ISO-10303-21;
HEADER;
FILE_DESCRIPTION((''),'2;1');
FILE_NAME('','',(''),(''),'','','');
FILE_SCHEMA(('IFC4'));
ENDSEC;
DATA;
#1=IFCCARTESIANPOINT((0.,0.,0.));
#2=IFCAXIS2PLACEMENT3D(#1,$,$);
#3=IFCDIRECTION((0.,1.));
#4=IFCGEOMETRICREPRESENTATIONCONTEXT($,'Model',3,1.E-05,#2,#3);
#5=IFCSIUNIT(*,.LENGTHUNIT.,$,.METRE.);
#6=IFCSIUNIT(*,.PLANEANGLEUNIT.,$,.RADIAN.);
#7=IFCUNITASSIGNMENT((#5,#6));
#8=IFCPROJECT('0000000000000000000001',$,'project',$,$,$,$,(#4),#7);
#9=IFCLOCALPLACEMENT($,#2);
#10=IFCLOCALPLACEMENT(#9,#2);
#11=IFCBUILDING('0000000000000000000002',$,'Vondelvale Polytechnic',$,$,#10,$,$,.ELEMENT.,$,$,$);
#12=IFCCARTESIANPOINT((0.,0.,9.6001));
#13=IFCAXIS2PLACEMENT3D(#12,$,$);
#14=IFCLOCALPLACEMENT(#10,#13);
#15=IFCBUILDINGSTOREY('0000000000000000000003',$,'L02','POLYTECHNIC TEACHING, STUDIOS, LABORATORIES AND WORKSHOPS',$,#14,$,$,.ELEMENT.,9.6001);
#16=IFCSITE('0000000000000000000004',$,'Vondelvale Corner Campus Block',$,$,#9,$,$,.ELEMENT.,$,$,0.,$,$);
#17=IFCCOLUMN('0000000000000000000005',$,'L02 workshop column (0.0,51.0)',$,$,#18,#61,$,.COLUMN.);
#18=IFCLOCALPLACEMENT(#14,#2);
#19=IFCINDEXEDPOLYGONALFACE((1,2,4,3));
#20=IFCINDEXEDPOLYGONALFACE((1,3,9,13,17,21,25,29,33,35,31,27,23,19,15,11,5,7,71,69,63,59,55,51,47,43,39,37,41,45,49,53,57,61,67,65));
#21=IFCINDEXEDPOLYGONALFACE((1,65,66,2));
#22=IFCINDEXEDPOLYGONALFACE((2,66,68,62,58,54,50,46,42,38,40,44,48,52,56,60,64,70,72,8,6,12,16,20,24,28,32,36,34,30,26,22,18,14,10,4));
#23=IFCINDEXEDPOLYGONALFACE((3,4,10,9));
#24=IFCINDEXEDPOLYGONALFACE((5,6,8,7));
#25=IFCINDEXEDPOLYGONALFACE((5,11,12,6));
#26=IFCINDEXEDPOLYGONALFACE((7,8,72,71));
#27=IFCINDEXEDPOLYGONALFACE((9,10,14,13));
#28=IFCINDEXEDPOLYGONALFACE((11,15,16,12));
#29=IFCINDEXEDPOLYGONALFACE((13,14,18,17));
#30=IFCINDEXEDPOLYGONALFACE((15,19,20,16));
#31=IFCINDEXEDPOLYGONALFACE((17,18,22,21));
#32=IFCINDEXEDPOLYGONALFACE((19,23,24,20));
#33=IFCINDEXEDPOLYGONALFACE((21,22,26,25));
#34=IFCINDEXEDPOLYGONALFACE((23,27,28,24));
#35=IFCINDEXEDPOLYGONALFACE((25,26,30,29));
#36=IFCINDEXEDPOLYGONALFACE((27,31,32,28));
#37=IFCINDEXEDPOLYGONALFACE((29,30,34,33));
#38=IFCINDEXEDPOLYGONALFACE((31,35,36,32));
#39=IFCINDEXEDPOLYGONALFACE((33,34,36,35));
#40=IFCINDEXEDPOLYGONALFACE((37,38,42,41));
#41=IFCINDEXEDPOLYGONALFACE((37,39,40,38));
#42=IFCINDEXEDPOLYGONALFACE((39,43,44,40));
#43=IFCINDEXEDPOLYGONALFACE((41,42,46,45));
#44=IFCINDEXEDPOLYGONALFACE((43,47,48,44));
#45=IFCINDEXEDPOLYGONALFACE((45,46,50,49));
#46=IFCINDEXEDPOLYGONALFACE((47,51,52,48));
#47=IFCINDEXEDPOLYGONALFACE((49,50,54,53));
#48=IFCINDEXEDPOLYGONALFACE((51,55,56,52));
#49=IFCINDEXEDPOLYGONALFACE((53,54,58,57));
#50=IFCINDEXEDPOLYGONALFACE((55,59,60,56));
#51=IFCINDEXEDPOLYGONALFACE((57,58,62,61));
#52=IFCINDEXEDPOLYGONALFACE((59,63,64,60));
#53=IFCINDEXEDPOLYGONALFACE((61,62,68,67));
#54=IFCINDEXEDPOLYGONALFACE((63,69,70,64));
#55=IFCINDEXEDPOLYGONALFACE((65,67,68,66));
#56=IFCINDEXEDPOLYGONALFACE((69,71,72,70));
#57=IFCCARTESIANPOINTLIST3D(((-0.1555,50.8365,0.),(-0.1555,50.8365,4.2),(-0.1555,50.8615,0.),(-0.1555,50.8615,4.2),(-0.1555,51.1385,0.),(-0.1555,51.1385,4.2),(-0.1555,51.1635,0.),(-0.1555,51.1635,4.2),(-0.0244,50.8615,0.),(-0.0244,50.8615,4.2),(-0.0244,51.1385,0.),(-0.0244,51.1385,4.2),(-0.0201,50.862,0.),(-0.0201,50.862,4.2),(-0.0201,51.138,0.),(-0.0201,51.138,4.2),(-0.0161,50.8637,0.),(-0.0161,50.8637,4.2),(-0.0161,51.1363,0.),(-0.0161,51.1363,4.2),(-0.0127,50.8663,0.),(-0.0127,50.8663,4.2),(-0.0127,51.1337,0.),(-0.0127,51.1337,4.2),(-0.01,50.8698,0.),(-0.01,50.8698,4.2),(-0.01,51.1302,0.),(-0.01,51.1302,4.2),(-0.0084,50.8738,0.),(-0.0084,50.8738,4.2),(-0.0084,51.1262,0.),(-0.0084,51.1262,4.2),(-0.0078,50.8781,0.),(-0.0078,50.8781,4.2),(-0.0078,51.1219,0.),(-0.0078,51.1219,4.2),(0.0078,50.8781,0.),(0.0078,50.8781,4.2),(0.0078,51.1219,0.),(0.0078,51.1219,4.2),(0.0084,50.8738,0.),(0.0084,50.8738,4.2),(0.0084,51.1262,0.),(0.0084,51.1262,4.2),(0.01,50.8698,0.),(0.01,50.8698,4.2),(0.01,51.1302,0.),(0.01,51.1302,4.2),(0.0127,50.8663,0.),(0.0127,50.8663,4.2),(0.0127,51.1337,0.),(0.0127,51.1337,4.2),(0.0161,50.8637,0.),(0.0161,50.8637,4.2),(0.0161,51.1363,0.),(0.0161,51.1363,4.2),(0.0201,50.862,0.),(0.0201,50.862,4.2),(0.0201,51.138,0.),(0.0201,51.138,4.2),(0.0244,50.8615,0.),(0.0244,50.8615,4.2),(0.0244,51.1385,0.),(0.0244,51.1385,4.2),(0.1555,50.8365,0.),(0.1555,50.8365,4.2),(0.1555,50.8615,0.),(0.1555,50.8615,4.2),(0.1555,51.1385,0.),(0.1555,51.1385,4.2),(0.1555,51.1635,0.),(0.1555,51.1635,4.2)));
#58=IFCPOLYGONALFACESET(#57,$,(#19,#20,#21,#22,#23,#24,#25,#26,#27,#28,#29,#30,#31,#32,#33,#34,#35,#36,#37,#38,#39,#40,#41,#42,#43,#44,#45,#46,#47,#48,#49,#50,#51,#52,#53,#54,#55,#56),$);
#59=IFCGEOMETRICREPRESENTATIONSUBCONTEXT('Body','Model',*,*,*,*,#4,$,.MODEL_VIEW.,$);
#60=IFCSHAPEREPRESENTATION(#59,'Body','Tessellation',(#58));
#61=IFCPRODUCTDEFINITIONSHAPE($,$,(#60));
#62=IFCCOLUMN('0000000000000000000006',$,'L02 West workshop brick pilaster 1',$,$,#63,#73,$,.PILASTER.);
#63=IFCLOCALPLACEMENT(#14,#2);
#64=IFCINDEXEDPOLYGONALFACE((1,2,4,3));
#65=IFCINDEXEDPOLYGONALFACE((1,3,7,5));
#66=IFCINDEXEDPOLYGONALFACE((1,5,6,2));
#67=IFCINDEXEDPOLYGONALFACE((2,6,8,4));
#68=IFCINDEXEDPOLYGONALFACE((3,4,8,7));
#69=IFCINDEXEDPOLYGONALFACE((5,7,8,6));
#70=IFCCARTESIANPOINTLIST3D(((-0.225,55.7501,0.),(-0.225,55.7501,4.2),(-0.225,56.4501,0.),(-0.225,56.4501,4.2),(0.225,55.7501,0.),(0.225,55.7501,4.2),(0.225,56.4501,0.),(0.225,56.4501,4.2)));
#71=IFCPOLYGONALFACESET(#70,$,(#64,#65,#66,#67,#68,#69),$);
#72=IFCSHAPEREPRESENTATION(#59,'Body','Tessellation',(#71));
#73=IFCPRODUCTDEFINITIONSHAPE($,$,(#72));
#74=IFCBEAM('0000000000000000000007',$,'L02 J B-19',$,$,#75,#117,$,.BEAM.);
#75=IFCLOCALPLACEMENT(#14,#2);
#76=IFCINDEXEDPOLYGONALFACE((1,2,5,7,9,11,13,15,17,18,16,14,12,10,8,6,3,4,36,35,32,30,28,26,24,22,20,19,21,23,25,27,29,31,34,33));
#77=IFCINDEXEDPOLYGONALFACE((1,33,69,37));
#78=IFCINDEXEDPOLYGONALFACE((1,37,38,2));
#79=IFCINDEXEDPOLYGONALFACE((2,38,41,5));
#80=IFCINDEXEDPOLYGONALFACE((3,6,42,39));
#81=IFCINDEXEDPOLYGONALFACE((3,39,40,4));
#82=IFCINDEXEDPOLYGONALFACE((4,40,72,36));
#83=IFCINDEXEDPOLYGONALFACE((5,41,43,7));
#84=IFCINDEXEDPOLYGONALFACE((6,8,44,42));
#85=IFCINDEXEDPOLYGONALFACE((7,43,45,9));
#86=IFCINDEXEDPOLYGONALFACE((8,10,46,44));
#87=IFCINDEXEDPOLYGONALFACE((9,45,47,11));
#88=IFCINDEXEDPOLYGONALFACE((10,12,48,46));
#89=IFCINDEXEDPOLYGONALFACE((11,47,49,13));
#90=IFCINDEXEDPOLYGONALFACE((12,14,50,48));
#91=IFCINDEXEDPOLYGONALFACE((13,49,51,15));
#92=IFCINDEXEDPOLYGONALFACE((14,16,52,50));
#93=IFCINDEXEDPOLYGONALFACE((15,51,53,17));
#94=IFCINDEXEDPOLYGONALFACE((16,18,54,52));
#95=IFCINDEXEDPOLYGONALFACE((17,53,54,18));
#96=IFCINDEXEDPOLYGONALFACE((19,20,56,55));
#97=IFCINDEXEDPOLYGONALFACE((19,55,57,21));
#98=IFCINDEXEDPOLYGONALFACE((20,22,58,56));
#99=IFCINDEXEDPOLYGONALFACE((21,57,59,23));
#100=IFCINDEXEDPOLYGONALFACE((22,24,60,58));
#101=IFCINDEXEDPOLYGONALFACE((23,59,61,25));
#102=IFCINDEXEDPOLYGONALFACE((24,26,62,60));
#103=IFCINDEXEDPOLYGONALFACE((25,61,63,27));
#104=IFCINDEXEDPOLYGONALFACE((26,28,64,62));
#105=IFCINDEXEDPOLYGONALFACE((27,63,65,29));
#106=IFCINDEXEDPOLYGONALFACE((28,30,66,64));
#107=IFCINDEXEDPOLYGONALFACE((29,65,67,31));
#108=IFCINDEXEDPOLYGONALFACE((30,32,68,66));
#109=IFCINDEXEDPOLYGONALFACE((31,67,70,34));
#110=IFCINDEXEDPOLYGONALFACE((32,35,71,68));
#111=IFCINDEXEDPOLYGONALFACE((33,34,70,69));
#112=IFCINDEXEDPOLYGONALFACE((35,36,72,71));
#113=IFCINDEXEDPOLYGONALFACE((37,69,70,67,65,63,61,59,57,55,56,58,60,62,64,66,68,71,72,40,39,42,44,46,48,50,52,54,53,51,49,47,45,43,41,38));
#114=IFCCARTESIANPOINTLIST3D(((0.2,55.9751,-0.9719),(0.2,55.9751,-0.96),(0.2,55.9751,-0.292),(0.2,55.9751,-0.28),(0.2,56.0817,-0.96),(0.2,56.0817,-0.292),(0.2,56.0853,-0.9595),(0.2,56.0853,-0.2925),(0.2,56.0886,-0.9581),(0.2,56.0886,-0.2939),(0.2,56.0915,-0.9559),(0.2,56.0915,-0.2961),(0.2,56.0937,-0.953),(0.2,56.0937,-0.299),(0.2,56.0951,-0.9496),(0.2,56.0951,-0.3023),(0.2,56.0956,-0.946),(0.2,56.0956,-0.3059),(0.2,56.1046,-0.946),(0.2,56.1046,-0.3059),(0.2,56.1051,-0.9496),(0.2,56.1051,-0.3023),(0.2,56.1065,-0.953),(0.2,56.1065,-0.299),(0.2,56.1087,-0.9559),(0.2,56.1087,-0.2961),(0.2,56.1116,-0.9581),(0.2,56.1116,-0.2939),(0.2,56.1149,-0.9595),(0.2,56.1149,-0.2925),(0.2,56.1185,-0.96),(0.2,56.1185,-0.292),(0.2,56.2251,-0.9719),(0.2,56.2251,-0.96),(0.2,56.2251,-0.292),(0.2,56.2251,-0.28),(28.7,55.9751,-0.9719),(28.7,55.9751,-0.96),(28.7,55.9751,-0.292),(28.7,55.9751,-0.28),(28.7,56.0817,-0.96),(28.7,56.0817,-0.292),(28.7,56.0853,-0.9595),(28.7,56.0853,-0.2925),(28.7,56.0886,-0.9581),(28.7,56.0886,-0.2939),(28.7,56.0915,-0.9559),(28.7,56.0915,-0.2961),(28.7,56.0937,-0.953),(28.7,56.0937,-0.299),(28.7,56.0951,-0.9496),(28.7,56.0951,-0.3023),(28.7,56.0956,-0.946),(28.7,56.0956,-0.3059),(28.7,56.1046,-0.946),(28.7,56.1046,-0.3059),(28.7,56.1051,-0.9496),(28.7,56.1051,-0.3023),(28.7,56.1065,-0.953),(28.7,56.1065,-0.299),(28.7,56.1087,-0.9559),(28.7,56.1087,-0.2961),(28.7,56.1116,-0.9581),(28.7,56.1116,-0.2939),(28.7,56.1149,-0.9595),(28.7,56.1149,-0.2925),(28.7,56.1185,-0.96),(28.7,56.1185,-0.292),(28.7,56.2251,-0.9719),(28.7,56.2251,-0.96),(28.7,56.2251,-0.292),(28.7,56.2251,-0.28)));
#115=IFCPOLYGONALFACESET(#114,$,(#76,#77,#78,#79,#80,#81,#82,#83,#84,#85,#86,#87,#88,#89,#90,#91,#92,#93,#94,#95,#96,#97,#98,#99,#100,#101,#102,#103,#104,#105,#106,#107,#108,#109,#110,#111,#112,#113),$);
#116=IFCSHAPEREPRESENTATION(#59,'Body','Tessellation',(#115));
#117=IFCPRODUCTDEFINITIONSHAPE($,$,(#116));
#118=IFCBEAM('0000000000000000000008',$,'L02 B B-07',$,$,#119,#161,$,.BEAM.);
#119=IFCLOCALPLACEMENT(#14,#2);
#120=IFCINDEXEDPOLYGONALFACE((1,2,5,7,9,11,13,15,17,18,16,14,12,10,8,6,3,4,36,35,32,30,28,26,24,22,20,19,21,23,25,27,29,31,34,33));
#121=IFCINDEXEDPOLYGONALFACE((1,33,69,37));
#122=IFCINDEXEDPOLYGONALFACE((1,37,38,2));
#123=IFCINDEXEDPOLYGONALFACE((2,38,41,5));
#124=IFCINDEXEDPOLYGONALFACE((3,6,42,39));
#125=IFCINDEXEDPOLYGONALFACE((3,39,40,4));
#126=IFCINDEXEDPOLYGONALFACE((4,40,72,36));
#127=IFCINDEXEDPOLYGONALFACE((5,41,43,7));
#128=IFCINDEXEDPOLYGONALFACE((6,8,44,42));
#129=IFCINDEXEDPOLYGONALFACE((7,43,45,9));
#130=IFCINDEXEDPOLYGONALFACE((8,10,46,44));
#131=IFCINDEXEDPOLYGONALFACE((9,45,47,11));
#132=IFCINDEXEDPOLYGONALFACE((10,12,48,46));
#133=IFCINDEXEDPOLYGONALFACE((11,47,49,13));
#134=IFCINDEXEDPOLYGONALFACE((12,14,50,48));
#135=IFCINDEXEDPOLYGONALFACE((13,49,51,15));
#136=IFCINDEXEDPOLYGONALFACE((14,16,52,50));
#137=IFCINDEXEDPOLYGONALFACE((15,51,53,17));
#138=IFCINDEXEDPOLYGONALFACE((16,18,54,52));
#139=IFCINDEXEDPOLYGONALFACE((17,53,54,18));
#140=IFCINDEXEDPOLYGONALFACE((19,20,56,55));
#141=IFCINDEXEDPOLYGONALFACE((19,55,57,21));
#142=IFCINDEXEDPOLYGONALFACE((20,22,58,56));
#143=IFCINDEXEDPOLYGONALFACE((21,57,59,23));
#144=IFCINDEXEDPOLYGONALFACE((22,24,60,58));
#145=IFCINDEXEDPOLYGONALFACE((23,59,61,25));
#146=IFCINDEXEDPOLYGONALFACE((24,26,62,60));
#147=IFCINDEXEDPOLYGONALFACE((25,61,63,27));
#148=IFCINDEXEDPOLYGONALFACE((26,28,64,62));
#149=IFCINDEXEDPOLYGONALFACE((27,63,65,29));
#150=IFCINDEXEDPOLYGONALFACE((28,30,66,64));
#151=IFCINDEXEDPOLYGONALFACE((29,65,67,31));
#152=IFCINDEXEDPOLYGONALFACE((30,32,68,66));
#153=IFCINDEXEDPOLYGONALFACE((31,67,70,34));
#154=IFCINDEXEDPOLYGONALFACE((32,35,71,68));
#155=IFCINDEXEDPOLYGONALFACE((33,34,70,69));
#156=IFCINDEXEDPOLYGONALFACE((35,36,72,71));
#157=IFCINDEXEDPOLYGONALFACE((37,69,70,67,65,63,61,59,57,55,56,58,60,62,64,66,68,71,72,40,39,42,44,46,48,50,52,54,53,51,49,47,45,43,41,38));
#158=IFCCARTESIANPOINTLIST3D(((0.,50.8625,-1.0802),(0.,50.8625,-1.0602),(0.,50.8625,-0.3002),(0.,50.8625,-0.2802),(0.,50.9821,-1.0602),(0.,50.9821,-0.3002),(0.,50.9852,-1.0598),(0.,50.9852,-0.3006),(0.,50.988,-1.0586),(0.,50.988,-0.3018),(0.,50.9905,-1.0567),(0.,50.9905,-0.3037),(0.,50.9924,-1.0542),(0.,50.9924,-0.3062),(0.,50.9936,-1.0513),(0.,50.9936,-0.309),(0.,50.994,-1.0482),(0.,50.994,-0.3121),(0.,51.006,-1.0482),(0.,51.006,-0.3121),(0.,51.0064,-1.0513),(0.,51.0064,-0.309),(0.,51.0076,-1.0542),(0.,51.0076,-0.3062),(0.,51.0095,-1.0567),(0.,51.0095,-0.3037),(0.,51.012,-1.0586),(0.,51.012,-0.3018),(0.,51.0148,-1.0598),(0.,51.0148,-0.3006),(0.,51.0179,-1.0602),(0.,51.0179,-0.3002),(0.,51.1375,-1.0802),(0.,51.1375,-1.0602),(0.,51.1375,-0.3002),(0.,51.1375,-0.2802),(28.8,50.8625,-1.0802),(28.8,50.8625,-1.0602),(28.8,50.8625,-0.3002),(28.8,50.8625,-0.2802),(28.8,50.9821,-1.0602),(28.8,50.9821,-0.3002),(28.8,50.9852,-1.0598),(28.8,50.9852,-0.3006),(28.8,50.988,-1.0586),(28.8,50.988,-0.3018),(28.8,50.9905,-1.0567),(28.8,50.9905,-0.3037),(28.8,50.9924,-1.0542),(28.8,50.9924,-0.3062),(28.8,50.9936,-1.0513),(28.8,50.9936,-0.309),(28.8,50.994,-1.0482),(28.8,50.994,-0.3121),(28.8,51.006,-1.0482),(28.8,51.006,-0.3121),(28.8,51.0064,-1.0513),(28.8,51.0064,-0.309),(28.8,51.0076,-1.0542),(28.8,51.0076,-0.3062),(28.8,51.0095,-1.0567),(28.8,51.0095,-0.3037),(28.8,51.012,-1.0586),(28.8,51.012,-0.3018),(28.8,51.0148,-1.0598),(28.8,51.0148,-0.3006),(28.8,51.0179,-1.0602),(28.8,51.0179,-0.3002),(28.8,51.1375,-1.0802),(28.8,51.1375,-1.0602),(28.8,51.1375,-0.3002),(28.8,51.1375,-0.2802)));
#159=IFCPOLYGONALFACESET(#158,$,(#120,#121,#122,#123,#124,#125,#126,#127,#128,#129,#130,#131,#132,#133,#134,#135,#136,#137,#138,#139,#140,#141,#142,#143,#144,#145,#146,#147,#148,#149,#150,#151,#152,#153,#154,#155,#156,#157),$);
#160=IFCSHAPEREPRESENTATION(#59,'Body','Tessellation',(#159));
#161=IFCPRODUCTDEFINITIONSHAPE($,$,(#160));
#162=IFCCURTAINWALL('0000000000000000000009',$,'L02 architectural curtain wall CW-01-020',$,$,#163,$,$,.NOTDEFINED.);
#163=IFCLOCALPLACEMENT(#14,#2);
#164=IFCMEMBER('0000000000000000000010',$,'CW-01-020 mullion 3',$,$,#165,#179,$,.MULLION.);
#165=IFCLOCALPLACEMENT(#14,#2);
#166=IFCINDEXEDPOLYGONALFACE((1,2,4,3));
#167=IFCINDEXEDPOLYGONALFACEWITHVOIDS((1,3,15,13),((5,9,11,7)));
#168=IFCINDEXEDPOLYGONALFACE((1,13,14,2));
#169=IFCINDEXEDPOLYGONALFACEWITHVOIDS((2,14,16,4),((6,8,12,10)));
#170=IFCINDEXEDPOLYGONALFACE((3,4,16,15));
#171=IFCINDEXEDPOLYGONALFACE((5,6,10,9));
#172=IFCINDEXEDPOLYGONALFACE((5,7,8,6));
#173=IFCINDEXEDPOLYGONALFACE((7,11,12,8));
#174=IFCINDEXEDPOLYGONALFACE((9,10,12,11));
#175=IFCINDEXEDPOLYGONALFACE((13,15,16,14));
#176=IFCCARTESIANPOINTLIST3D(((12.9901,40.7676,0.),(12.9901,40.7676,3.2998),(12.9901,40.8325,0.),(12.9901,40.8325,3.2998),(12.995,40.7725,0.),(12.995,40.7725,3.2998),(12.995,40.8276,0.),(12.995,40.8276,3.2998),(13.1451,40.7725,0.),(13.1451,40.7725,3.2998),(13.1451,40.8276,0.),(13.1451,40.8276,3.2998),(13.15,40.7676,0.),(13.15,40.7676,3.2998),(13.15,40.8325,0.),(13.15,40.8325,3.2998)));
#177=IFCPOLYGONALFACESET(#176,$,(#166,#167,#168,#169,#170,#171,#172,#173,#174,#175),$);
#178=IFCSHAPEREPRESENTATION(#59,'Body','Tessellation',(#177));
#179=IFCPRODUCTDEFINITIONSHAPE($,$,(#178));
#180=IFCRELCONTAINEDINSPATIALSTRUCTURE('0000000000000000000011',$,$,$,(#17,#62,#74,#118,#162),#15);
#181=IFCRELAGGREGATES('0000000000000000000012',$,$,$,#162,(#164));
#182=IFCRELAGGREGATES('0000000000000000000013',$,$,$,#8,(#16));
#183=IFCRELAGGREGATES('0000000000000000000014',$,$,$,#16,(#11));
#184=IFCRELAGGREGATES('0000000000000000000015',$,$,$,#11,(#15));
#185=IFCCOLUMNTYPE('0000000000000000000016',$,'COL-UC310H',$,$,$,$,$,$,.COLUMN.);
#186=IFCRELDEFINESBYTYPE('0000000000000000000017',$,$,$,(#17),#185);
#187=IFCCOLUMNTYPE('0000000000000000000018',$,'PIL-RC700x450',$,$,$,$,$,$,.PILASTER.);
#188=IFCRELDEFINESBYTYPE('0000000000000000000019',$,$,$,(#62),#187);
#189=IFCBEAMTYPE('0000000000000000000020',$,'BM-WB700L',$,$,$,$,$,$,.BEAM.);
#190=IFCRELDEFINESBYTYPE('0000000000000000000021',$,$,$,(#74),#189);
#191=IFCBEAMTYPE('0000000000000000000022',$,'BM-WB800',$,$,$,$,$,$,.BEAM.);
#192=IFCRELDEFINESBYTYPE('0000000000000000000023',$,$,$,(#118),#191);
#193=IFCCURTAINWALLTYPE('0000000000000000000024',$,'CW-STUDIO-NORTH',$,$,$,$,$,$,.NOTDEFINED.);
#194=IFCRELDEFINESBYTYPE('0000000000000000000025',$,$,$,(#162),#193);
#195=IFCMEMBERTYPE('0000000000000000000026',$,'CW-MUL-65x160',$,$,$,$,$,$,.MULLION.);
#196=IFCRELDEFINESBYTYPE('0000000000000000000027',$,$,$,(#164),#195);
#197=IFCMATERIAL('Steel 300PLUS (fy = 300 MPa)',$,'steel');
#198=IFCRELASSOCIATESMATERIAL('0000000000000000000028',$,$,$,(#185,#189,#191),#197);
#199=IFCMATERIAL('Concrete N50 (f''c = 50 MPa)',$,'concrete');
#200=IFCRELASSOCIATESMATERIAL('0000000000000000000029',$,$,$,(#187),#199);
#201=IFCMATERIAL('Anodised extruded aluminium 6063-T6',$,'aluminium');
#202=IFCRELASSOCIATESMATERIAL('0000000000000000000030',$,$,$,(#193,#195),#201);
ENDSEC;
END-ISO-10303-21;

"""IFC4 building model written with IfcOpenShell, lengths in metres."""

from ifc_helpers import new_model, si_unit, direction, frame, origin, origin_2d, place, context, subcontext, project, spatial, rectangle, hollow_rectangle, i_section, extrude, material, material_profile, profile_set, type_object, element, aggregate, save


model = new_model("IFC4")

# Units and contexts
model_context = context("Model", 3, precision=1e-05, world=origin(), true_north=direction((0.0, 1.0)))
body_context = subcontext(model_context, "Body", "Model", "MODEL_VIEW")
ifc_project = project(units=[si_unit("LENGTHUNIT", "METRE"), si_unit("PLANEANGLEUNIT", "RADIAN")], contexts=[model_context])

# Site, building, storey
site_placement = place(None, origin())
site = spatial("IfcSite", under=ifc_project, at=site_placement, Name="Vondelvale Corner Campus Block", CompositionType="ELEMENT", RefElevation=0.0)
building_placement = place(site_placement, origin())
building = spatial("IfcBuilding", under=site, at=building_placement, Name="Vondelvale Polytechnic", CompositionType="ELEMENT")
storey_placement = place(building_placement, frame((0.0, 0.0, 9.6001)))
storey = spatial("IfcBuildingStorey", under=building, at=storey_placement, Name="L02", Description="POLYTECHNIC TEACHING, STUDIOS, LABORATORIES AND WORKSHOPS", CompositionType="ELEMENT", Elevation=9.6001)

# Columns
ifc_material_1 = material(Name="Steel 300PLUS (fy = 300 MPa)", Category="steel")
ifc_material_profile_1 = material_profile(ifc_material_1, i_section(OverallWidth=0.311, OverallDepth=0.3269, WebThickness=0.0156, FlangeThickness=0.0249, FilletRadius=0.0166, at=origin_2d()), Name="310UC158")
ifc_profile_set_1 = profile_set([ifc_material_profile_1], Name="Steel 300PLUS (fy = 300 MPa)")
column_type_1 = type_object("IfcColumnType", Name="COL-UC310H", PredefinedType="COLUMN", material=ifc_profile_set_1)
column_1_placement = place(storey_placement, frame((0.0, 51.0, 0.0), z_axis=(0.0, 0.0, 1.0), x_axis=(1.0, 0.0, 0.0)))
element("IfcColumn", 1, at=column_1_placement, inside=storey, type_object=column_type_1, Name="L02 workshop column (0.0,51.0)", PredefinedType="COLUMN", context=body_context, shape_type="SweptSolid", body=[
    extrude(i_section(OverallWidth=0.311, OverallDepth=0.3269, WebThickness=0.0156, FlangeThickness=0.0249, FilletRadius=0.0166, at=origin_2d()), origin(), (0.0, 0.0, 1.0), 4.2),
])
ifc_material_2 = material(Name="Concrete N50 (f'c = 50 MPa)", Category="concrete")
ifc_material_profile_2 = material_profile(ifc_material_2, rectangle(XDim=0.45, YDim=0.7, at=origin_2d()), Name="RC-PIL-700x450")
ifc_profile_set_2 = profile_set([ifc_material_profile_2], Name="Concrete N50 (f'c = 50 MPa)")
column_type_2 = type_object("IfcColumnType", Name="PIL-RC700x450", PredefinedType="PILASTER", material=ifc_profile_set_2)
column_2_placement = place(storey_placement, frame((0.0, 56.1001, 0.0), z_axis=(0.0, 0.0, 1.0), x_axis=(1.0, 0.0, 0.0)))
element("IfcColumn", 2, at=column_2_placement, inside=storey, type_object=column_type_2, Name="L02 West workshop brick pilaster 1", PredefinedType="PILASTER", context=body_context, shape_type="SweptSolid", body=[
    extrude(rectangle(XDim=0.45, YDim=0.7, at=origin_2d()), origin(), (0.0, 0.0, 1.0), 4.2),
])

# Beams
ifc_material_profile_3 = material_profile(ifc_material_1, i_section(OverallWidth=0.25, OverallDepth=0.6919, WebThickness=0.009, FlangeThickness=0.012, FilletRadius=0.0139, at=origin_2d()), Name="700WB115")
ifc_profile_set_3 = profile_set([ifc_material_profile_3], Name="Steel 300PLUS (fy = 300 MPa)")
beam_type_1 = type_object("IfcBeamType", Name="BM-WB700L", PredefinedType="BEAM", material=ifc_profile_set_3)
beam_1_placement = place(storey_placement, frame((0.2, 56.1001, -0.626), z_axis=(1.0, 0.0, 0.0), x_axis=(0.0, 1.0, 0.0)))
element("IfcBeam", 3, at=beam_1_placement, inside=storey, type_object=beam_type_1, Name="L02 J B-19", PredefinedType="BEAM", context=body_context, shape_type="SweptSolid", body=[
    extrude(i_section(OverallWidth=0.25, OverallDepth=0.6919, WebThickness=0.009, FlangeThickness=0.012, FilletRadius=0.0139, at=origin_2d()), origin(), (0.0, 0.0, 1.0), 28.5),
])
ifc_material_profile_4 = material_profile(ifc_material_1, i_section(OverallWidth=0.2749, OverallDepth=0.8, WebThickness=0.012, FlangeThickness=0.02, FilletRadius=0.012, at=origin_2d()), Name="800WB168")
ifc_profile_set_4 = profile_set([ifc_material_profile_4], Name="Steel 300PLUS (fy = 300 MPa)")
beam_type_2 = type_object("IfcBeamType", Name="BM-WB800", PredefinedType="BEAM", material=ifc_profile_set_4)
beam_2_placement = place(storey_placement, frame((0.0, 51.0, -0.6802), z_axis=(1.0, 0.0, 0.0), x_axis=(0.0, 1.0, 0.0)))
element("IfcBeam", 4, at=beam_2_placement, inside=storey, type_object=beam_type_2, Name="L02 B B-07", PredefinedType="BEAM", context=body_context, shape_type="SweptSolid", body=[
    extrude(i_section(OverallWidth=0.2749, OverallDepth=0.8, WebThickness=0.012, FlangeThickness=0.02, FilletRadius=0.012, at=origin_2d()), origin(), (0.0, 0.0, 1.0), 28.8),
])

# Curtain wall, member
ifc_material_3 = material(Name="Anodised extruded aluminium 6063-T6", Category="aluminium")
curtain_wall_type = type_object("IfcCurtainWallType", Name="CW-STUDIO-NORTH", PredefinedType="NOTDEFINED", material=ifc_material_3)
curtain_wall_placement = place(storey_placement, origin())
curtain_wall = element("IfcCurtainWall", 5, at=curtain_wall_placement, inside=storey, type_object=curtain_wall_type, Name="L02 architectural curtain wall CW-01-020", PredefinedType="NOTDEFINED")
ifc_material_profile_5 = material_profile(ifc_material_3, hollow_rectangle(XDim=0.0649, YDim=0.1599, WallThickness=0.0049, at=origin_2d()), Name="CW-MUL-160x65")
ifc_profile_set_5 = profile_set([ifc_material_profile_5], Name="Anodised extruded aluminium 6063-T6")
member_type_1 = type_object("IfcMemberType", Name="CW-MUL-65x160", PredefinedType="MULLION", material=ifc_profile_set_5)
member_1_placement = place(storey_placement, frame((13.0701, 40.8, 0.0), z_axis=(0.0, 0.0, 1.0), x_axis=(0.0, 1.0, 0.0)))
member_1 = element("IfcMember", 6, at=member_1_placement, type_object=member_type_1, Name="CW-01-020 mullion 3", PredefinedType="MULLION", context=body_context, shape_type="SweptSolid", body=[
    extrude(hollow_rectangle(XDim=0.0649, YDim=0.1599, WallThickness=0.0049, at=origin_2d()), origin(), (0.0, 0.0, 1.0), 3.2998),
])

aggregate(curtain_wall, [member_1])

save(model, "model.ifc")
